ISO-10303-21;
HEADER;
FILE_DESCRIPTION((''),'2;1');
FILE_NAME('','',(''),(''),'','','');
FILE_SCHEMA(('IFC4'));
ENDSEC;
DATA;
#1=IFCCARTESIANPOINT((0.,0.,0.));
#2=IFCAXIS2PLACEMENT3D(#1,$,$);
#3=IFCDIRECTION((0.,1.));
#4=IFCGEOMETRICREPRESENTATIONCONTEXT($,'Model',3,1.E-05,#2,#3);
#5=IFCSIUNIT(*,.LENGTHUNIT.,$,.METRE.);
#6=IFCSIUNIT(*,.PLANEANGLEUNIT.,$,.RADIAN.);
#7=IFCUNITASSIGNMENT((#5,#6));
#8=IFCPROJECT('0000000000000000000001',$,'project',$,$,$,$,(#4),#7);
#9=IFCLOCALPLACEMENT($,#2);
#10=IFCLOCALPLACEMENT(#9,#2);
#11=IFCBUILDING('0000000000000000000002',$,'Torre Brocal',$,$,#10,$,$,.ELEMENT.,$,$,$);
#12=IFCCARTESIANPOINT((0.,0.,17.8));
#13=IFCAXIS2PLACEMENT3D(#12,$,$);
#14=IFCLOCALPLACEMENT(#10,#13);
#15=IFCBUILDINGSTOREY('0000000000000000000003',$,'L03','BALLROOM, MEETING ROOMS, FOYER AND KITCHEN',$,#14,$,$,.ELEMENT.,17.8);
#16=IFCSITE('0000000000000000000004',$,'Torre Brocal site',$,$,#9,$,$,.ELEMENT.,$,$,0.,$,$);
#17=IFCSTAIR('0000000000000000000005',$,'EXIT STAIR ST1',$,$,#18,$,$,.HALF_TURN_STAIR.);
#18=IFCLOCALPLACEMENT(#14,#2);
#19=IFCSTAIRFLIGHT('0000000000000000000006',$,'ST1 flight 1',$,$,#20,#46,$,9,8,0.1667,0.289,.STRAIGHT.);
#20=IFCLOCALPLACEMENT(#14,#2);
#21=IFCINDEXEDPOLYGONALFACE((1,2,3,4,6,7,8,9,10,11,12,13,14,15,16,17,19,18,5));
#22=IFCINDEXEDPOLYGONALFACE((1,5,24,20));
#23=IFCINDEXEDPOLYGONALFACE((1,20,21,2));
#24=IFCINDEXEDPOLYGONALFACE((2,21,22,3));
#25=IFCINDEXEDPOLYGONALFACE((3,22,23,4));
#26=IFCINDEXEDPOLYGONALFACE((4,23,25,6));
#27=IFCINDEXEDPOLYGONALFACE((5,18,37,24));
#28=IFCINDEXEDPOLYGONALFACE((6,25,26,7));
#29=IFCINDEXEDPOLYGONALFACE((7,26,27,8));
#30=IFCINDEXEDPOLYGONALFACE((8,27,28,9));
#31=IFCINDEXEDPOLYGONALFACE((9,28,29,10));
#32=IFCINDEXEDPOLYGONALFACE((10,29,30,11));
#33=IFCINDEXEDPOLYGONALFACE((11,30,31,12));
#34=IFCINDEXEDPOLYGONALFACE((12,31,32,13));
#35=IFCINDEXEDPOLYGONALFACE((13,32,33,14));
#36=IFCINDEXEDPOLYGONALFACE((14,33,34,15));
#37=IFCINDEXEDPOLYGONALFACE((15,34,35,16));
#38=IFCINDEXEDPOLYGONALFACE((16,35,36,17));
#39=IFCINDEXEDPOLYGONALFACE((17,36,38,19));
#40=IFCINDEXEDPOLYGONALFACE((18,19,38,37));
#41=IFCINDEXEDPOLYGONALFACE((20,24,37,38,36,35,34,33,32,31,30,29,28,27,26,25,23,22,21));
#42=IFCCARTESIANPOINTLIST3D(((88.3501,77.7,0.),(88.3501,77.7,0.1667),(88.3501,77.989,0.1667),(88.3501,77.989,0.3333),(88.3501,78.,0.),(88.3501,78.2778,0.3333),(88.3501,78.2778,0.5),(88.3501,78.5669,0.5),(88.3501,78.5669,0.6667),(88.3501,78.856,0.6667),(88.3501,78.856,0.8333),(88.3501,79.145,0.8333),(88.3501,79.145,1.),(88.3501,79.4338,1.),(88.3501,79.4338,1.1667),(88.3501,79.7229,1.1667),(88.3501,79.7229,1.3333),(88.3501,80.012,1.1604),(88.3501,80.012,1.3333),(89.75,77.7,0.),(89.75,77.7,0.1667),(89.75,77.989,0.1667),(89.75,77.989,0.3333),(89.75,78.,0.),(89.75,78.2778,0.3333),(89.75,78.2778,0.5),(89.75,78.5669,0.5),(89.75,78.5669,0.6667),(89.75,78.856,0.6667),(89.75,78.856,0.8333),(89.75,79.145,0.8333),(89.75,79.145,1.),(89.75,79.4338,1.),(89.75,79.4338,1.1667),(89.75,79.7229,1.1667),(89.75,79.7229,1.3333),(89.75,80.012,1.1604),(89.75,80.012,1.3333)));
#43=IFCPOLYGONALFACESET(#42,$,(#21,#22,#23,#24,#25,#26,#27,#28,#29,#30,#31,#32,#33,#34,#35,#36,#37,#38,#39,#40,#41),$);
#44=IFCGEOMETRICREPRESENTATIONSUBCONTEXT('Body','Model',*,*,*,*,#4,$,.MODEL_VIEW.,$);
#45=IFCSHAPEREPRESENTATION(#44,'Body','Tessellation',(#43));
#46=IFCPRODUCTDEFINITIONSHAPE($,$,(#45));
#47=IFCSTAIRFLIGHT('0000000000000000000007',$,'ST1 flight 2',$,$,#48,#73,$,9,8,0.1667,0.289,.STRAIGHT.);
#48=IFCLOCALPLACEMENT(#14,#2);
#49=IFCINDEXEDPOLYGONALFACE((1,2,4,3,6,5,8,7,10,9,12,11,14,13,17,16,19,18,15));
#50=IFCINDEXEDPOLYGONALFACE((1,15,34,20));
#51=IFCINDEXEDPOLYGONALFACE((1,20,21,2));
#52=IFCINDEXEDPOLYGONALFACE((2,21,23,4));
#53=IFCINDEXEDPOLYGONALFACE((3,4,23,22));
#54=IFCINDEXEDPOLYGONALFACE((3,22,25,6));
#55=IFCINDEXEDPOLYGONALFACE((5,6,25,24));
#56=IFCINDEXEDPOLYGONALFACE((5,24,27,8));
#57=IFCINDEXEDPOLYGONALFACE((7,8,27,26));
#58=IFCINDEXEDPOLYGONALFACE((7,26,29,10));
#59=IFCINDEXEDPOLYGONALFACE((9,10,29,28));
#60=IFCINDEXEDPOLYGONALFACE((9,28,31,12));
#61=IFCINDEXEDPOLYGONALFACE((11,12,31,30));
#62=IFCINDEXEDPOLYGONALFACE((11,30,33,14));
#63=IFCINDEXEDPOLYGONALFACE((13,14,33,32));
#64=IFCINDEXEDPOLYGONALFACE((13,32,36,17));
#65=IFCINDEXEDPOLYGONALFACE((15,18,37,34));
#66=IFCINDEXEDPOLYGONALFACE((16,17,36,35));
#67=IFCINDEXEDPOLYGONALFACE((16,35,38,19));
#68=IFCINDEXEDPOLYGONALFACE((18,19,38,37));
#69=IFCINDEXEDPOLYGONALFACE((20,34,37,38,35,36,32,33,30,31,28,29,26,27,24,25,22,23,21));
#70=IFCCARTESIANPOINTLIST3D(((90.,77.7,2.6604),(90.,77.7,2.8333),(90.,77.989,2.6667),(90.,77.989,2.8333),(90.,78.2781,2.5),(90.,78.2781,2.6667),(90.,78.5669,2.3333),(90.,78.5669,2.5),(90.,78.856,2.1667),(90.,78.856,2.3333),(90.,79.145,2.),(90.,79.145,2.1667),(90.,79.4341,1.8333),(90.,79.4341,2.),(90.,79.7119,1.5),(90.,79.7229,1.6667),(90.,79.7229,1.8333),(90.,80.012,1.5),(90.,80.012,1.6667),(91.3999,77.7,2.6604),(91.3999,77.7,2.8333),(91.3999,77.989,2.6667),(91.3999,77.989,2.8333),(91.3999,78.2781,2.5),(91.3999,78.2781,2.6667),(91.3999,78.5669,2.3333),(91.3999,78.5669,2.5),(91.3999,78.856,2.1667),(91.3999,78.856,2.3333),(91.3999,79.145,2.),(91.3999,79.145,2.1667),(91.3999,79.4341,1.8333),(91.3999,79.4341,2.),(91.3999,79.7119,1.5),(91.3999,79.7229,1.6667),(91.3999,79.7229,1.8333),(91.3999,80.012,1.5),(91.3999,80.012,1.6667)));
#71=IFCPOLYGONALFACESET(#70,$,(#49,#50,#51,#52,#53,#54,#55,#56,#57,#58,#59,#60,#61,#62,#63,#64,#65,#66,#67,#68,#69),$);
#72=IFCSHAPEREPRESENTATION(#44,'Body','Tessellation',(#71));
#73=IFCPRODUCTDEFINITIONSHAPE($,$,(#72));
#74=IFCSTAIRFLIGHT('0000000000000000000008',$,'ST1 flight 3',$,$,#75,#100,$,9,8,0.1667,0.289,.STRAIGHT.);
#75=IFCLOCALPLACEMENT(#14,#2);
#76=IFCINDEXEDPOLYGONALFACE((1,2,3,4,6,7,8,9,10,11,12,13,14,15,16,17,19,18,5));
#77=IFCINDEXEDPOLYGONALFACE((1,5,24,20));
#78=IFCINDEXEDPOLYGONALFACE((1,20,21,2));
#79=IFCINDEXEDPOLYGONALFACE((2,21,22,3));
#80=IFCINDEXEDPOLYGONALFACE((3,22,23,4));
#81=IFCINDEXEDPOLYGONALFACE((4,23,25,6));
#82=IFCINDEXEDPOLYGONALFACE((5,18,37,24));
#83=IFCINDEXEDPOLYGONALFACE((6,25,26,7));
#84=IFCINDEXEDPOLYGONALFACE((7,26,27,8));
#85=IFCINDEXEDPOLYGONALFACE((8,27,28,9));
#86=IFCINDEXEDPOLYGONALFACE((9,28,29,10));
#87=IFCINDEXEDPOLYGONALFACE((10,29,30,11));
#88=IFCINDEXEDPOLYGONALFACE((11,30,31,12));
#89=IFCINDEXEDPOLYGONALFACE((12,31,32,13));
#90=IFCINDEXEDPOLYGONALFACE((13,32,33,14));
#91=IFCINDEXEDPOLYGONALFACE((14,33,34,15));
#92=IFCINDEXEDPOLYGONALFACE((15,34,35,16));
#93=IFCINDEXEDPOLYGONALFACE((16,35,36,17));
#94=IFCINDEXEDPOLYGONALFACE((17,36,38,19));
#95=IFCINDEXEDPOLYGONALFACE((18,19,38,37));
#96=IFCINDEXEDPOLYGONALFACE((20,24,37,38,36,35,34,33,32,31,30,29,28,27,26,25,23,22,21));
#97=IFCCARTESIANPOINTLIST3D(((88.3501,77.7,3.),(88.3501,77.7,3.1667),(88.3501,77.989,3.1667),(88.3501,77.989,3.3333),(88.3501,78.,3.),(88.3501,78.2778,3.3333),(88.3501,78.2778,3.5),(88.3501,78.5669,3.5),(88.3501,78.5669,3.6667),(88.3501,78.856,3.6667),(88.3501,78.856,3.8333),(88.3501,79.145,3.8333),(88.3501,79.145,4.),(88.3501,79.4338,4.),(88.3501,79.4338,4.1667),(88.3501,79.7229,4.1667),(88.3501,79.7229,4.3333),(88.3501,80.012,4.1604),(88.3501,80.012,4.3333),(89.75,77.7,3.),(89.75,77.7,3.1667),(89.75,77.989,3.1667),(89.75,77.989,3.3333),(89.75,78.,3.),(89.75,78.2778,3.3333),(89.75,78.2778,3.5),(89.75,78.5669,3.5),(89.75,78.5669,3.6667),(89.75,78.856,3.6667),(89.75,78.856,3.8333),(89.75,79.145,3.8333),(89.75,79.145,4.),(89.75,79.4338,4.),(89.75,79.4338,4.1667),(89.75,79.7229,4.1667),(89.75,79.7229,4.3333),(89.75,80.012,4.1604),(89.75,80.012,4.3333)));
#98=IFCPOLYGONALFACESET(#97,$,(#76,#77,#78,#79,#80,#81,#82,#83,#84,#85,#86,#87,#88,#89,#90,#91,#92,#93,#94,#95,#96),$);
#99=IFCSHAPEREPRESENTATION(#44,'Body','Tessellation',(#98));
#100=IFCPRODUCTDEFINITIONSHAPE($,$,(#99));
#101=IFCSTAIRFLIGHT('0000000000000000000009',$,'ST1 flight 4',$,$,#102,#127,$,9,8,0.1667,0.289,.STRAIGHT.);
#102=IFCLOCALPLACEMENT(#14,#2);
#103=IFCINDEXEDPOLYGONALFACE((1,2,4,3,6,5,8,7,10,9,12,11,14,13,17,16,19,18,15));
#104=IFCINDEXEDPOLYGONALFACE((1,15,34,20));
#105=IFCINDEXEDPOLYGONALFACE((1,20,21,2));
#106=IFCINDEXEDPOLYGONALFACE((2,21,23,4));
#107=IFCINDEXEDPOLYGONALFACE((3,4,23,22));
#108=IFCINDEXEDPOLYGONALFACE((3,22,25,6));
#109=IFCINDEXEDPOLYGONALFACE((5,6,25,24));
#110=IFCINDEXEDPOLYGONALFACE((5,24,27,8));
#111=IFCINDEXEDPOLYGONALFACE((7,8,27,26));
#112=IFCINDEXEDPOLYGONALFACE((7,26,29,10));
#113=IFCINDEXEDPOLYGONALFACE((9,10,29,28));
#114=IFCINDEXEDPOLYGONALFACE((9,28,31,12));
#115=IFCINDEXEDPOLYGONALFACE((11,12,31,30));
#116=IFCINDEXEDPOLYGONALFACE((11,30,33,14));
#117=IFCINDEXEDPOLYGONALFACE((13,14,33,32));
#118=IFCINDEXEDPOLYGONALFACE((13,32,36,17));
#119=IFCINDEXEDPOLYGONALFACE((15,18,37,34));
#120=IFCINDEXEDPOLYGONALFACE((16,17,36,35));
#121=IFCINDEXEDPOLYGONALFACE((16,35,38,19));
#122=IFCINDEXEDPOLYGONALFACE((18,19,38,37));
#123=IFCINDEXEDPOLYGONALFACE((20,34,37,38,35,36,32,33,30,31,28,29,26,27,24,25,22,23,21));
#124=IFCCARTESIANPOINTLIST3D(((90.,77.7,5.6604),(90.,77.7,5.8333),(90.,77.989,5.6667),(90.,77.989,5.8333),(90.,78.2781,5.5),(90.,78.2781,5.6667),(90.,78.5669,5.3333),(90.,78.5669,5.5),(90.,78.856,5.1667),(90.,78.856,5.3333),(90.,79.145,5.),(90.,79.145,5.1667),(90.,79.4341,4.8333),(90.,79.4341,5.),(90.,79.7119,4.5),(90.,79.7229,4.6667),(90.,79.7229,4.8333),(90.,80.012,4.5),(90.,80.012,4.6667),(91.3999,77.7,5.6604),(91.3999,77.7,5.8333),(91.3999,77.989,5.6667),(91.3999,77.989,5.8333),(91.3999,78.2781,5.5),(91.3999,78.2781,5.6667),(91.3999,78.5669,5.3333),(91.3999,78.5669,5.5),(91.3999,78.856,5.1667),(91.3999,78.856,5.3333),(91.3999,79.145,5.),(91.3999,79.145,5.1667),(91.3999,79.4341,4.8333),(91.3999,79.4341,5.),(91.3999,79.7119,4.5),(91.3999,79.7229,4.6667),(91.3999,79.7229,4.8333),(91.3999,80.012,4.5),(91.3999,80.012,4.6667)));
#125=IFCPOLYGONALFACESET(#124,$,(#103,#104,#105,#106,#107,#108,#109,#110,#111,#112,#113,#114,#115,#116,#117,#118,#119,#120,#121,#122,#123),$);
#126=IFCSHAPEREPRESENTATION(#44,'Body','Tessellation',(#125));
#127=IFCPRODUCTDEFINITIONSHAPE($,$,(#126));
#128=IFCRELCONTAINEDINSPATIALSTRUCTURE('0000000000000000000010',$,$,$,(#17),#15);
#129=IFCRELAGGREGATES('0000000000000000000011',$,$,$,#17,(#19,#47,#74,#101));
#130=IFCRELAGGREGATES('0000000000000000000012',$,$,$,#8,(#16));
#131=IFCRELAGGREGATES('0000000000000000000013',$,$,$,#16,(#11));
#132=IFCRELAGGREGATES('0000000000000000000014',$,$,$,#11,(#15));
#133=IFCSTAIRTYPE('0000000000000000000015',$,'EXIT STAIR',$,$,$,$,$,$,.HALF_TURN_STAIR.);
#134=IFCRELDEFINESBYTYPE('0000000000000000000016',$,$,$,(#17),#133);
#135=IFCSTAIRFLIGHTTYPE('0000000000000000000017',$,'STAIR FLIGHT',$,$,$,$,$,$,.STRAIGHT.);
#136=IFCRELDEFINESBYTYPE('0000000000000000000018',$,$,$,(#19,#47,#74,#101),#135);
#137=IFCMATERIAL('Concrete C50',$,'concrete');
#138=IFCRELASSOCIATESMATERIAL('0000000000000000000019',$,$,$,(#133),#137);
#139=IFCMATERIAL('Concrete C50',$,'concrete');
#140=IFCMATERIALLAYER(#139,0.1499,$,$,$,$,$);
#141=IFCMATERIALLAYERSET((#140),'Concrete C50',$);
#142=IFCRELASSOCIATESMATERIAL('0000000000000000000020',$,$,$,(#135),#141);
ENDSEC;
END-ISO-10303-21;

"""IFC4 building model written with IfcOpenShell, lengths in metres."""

from ifc_helpers import new_model, si_unit, direction, frame, origin, place, context, subcontext, project, spatial, polyline, outline, extrude, material, layer, layer_set, type_object, element, aggregate, save


model = new_model("IFC4")

# Units and contexts
model_context = context("Model", 3, precision=1e-05, world=origin(), true_north=direction((0.0, 1.0)))
body_context = subcontext(model_context, "Body", "Model", "MODEL_VIEW")
ifc_project = project(units=[si_unit("LENGTHUNIT", "METRE"), si_unit("PLANEANGLEUNIT", "RADIAN")], contexts=[model_context])

# Site, building, storey
site_placement = place(None, origin())
site = spatial("IfcSite", under=ifc_project, at=site_placement, Name="Torre Brocal site", CompositionType="ELEMENT", RefElevation=0.0)
building_placement = place(site_placement, origin())
building = spatial("IfcBuilding", under=site, at=building_placement, Name="Torre Brocal", CompositionType="ELEMENT")
storey_placement = place(building_placement, frame((0.0, 0.0, 17.8)))
storey = spatial("IfcBuildingStorey", under=building, at=storey_placement, Name="L03", Description="BALLROOM, MEETING ROOMS, FOYER AND KITCHEN", CompositionType="ELEMENT", Elevation=17.8)

# Stair, stair flights
ifc_material_1 = material(Name="Concrete C50", Category="concrete")
stair_type = type_object("IfcStairType", Name="EXIT STAIR", PredefinedType="HALF_TURN_STAIR", material=ifc_material_1)
stair_placement = place(storey_placement, origin())
stair = element("IfcStair", 1, at=stair_placement, inside=storey, type_object=stair_type, Name="EXIT STAIR ST1", PredefinedType="HALF_TURN_STAIR")
ifc_material_2 = material(Name="Concrete C50", Category="concrete")
ifc_layer_1 = layer(ifc_material_2, 0.1499)
ifc_layer_set_1 = layer_set([ifc_layer_1], Name="Concrete C50")
stair_flight_type = type_object("IfcStairFlightType", Name="STAIR FLIGHT", PredefinedType="STRAIGHT", material=ifc_layer_set_1)
stair_flight_1_placement = place(storey_placement, frame((89.05, 77.7, 0.0), z_axis=(0.0, 0.0, 1.0), x_axis=(0.0, 1.0, 0.0)))
stair_flight_1 = element("IfcStairFlight", 2, at=stair_flight_1_placement, type_object=stair_flight_type, Name="ST1 flight 1", NumberOfRisers=9, NumberOfTreads=8, PredefinedType="STRAIGHT", RiserHeight=0.1667, TreadLength=0.289, context=body_context, shape_type="SweptSolid", body=[
    extrude(outline(polyline([(0.0, 0.0), (0.0, 0.1667), (0.2891, 0.1667), (0.2891, 0.3333), (0.5779, 0.3333), (0.5779, 0.5), (0.8669, 0.5), (0.8669, 0.6667), (1.156, 0.6667), (1.156, 0.8333), (1.4451, 0.8333), (1.4451, 1.0), (1.7339, 1.0), (1.7339, 1.1667), (2.0229, 1.1667), (2.0229, 1.3333), (2.312, 1.3333), (2.312, 1.5), (2.312, 1.1604), (0.3, 0.0), (0.0, 0.0)])), frame((0.0, 0.7, 0.0), z_axis=(0.0, -1.0, 0.0), x_axis=(1.0, 0.0, 0.0)), (0.0, 0.0, 1.0), 1.3999),
])
stair_flight_2_placement = place(storey_placement, frame((90.7, 80.012, 1.5), z_axis=(0.0, 0.0, 1.0), x_axis=(0.0, -1.0, 0.0)))
stair_flight_2 = element("IfcStairFlight", 3, at=stair_flight_2_placement, type_object=stair_flight_type, Name="ST1 flight 2", NumberOfRisers=9, NumberOfTreads=8, PredefinedType="STRAIGHT", RiserHeight=0.1667, TreadLength=0.289, context=body_context, shape_type="SweptSolid", body=[
    extrude(outline(polyline([(0.0, 0.0), (0.0, 0.1667), (0.2891, 0.1667), (0.2891, 0.3333), (0.5779, 0.3333), (0.5779, 0.5), (0.8669, 0.5), (0.8669, 0.6667), (1.156, 0.6667), (1.156, 0.8333), (1.4451, 0.8333), (1.4451, 1.0), (1.7339, 1.0), (1.7339, 1.1667), (2.0229, 1.1667), (2.0229, 1.3333), (2.312, 1.3333), (2.312, 1.5), (2.312, 1.1604), (0.3, 0.0), (0.0, 0.0)])), frame((0.0, 0.7, 0.0), z_axis=(0.0, -1.0, 0.0), x_axis=(1.0, 0.0, 0.0)), (0.0, 0.0, 1.0), 1.3999),
])
stair_flight_3_placement = place(storey_placement, frame((89.05, 77.7, 3.0), z_axis=(0.0, 0.0, 1.0), x_axis=(0.0, 1.0, 0.0)))
stair_flight_3 = element("IfcStairFlight", 4, at=stair_flight_3_placement, type_object=stair_flight_type, Name="ST1 flight 3", NumberOfRisers=9, NumberOfTreads=8, PredefinedType="STRAIGHT", RiserHeight=0.1667, TreadLength=0.289, context=body_context, shape_type="SweptSolid", body=[
    extrude(outline(polyline([(0.0, 0.0), (0.0, 0.1667), (0.2891, 0.1667), (0.2891, 0.3333), (0.5779, 0.3333), (0.5779, 0.5), (0.8669, 0.5), (0.8669, 0.6667), (1.156, 0.6667), (1.156, 0.8333), (1.4451, 0.8333), (1.4451, 1.0), (1.7339, 1.0), (1.7339, 1.1667), (2.0229, 1.1667), (2.0229, 1.3333), (2.312, 1.3333), (2.312, 1.5), (2.312, 1.1604), (0.3, 0.0), (0.0, 0.0)])), frame((0.0, 0.7, 0.0), z_axis=(0.0, -1.0, 0.0), x_axis=(1.0, 0.0, 0.0)), (0.0, 0.0, 1.0), 1.3999),
])
stair_flight_4_placement = place(storey_placement, frame((90.7, 80.012, 4.5), z_axis=(0.0, 0.0, 1.0), x_axis=(0.0, -1.0, 0.0)))
stair_flight_4 = element("IfcStairFlight", 5, at=stair_flight_4_placement, type_object=stair_flight_type, Name="ST1 flight 4", NumberOfRisers=9, NumberOfTreads=8, PredefinedType="STRAIGHT", RiserHeight=0.1667, TreadLength=0.289, context=body_context, shape_type="SweptSolid", body=[
    extrude(outline(polyline([(0.0, 0.0), (0.0, 0.1667), (0.2891, 0.1667), (0.2891, 0.3333), (0.5779, 0.3333), (0.5779, 0.5), (0.8669, 0.5), (0.8669, 0.6667), (1.156, 0.6667), (1.156, 0.8333), (1.4451, 0.8333), (1.4451, 1.0), (1.7339, 1.0), (1.7339, 1.1667), (2.0229, 1.1667), (2.0229, 1.3333), (2.312, 1.3333), (2.312, 1.5), (2.312, 1.1604), (0.3, 0.0), (0.0, 0.0)])), frame((0.0, 0.7, 0.0), z_axis=(0.0, -1.0, 0.0), x_axis=(1.0, 0.0, 0.0)), (0.0, 0.0, 1.0), 1.3999),
])
aggregate(stair, [stair_flight_1, stair_flight_2, stair_flight_3, stair_flight_4])

save(model, "model.ifc")
